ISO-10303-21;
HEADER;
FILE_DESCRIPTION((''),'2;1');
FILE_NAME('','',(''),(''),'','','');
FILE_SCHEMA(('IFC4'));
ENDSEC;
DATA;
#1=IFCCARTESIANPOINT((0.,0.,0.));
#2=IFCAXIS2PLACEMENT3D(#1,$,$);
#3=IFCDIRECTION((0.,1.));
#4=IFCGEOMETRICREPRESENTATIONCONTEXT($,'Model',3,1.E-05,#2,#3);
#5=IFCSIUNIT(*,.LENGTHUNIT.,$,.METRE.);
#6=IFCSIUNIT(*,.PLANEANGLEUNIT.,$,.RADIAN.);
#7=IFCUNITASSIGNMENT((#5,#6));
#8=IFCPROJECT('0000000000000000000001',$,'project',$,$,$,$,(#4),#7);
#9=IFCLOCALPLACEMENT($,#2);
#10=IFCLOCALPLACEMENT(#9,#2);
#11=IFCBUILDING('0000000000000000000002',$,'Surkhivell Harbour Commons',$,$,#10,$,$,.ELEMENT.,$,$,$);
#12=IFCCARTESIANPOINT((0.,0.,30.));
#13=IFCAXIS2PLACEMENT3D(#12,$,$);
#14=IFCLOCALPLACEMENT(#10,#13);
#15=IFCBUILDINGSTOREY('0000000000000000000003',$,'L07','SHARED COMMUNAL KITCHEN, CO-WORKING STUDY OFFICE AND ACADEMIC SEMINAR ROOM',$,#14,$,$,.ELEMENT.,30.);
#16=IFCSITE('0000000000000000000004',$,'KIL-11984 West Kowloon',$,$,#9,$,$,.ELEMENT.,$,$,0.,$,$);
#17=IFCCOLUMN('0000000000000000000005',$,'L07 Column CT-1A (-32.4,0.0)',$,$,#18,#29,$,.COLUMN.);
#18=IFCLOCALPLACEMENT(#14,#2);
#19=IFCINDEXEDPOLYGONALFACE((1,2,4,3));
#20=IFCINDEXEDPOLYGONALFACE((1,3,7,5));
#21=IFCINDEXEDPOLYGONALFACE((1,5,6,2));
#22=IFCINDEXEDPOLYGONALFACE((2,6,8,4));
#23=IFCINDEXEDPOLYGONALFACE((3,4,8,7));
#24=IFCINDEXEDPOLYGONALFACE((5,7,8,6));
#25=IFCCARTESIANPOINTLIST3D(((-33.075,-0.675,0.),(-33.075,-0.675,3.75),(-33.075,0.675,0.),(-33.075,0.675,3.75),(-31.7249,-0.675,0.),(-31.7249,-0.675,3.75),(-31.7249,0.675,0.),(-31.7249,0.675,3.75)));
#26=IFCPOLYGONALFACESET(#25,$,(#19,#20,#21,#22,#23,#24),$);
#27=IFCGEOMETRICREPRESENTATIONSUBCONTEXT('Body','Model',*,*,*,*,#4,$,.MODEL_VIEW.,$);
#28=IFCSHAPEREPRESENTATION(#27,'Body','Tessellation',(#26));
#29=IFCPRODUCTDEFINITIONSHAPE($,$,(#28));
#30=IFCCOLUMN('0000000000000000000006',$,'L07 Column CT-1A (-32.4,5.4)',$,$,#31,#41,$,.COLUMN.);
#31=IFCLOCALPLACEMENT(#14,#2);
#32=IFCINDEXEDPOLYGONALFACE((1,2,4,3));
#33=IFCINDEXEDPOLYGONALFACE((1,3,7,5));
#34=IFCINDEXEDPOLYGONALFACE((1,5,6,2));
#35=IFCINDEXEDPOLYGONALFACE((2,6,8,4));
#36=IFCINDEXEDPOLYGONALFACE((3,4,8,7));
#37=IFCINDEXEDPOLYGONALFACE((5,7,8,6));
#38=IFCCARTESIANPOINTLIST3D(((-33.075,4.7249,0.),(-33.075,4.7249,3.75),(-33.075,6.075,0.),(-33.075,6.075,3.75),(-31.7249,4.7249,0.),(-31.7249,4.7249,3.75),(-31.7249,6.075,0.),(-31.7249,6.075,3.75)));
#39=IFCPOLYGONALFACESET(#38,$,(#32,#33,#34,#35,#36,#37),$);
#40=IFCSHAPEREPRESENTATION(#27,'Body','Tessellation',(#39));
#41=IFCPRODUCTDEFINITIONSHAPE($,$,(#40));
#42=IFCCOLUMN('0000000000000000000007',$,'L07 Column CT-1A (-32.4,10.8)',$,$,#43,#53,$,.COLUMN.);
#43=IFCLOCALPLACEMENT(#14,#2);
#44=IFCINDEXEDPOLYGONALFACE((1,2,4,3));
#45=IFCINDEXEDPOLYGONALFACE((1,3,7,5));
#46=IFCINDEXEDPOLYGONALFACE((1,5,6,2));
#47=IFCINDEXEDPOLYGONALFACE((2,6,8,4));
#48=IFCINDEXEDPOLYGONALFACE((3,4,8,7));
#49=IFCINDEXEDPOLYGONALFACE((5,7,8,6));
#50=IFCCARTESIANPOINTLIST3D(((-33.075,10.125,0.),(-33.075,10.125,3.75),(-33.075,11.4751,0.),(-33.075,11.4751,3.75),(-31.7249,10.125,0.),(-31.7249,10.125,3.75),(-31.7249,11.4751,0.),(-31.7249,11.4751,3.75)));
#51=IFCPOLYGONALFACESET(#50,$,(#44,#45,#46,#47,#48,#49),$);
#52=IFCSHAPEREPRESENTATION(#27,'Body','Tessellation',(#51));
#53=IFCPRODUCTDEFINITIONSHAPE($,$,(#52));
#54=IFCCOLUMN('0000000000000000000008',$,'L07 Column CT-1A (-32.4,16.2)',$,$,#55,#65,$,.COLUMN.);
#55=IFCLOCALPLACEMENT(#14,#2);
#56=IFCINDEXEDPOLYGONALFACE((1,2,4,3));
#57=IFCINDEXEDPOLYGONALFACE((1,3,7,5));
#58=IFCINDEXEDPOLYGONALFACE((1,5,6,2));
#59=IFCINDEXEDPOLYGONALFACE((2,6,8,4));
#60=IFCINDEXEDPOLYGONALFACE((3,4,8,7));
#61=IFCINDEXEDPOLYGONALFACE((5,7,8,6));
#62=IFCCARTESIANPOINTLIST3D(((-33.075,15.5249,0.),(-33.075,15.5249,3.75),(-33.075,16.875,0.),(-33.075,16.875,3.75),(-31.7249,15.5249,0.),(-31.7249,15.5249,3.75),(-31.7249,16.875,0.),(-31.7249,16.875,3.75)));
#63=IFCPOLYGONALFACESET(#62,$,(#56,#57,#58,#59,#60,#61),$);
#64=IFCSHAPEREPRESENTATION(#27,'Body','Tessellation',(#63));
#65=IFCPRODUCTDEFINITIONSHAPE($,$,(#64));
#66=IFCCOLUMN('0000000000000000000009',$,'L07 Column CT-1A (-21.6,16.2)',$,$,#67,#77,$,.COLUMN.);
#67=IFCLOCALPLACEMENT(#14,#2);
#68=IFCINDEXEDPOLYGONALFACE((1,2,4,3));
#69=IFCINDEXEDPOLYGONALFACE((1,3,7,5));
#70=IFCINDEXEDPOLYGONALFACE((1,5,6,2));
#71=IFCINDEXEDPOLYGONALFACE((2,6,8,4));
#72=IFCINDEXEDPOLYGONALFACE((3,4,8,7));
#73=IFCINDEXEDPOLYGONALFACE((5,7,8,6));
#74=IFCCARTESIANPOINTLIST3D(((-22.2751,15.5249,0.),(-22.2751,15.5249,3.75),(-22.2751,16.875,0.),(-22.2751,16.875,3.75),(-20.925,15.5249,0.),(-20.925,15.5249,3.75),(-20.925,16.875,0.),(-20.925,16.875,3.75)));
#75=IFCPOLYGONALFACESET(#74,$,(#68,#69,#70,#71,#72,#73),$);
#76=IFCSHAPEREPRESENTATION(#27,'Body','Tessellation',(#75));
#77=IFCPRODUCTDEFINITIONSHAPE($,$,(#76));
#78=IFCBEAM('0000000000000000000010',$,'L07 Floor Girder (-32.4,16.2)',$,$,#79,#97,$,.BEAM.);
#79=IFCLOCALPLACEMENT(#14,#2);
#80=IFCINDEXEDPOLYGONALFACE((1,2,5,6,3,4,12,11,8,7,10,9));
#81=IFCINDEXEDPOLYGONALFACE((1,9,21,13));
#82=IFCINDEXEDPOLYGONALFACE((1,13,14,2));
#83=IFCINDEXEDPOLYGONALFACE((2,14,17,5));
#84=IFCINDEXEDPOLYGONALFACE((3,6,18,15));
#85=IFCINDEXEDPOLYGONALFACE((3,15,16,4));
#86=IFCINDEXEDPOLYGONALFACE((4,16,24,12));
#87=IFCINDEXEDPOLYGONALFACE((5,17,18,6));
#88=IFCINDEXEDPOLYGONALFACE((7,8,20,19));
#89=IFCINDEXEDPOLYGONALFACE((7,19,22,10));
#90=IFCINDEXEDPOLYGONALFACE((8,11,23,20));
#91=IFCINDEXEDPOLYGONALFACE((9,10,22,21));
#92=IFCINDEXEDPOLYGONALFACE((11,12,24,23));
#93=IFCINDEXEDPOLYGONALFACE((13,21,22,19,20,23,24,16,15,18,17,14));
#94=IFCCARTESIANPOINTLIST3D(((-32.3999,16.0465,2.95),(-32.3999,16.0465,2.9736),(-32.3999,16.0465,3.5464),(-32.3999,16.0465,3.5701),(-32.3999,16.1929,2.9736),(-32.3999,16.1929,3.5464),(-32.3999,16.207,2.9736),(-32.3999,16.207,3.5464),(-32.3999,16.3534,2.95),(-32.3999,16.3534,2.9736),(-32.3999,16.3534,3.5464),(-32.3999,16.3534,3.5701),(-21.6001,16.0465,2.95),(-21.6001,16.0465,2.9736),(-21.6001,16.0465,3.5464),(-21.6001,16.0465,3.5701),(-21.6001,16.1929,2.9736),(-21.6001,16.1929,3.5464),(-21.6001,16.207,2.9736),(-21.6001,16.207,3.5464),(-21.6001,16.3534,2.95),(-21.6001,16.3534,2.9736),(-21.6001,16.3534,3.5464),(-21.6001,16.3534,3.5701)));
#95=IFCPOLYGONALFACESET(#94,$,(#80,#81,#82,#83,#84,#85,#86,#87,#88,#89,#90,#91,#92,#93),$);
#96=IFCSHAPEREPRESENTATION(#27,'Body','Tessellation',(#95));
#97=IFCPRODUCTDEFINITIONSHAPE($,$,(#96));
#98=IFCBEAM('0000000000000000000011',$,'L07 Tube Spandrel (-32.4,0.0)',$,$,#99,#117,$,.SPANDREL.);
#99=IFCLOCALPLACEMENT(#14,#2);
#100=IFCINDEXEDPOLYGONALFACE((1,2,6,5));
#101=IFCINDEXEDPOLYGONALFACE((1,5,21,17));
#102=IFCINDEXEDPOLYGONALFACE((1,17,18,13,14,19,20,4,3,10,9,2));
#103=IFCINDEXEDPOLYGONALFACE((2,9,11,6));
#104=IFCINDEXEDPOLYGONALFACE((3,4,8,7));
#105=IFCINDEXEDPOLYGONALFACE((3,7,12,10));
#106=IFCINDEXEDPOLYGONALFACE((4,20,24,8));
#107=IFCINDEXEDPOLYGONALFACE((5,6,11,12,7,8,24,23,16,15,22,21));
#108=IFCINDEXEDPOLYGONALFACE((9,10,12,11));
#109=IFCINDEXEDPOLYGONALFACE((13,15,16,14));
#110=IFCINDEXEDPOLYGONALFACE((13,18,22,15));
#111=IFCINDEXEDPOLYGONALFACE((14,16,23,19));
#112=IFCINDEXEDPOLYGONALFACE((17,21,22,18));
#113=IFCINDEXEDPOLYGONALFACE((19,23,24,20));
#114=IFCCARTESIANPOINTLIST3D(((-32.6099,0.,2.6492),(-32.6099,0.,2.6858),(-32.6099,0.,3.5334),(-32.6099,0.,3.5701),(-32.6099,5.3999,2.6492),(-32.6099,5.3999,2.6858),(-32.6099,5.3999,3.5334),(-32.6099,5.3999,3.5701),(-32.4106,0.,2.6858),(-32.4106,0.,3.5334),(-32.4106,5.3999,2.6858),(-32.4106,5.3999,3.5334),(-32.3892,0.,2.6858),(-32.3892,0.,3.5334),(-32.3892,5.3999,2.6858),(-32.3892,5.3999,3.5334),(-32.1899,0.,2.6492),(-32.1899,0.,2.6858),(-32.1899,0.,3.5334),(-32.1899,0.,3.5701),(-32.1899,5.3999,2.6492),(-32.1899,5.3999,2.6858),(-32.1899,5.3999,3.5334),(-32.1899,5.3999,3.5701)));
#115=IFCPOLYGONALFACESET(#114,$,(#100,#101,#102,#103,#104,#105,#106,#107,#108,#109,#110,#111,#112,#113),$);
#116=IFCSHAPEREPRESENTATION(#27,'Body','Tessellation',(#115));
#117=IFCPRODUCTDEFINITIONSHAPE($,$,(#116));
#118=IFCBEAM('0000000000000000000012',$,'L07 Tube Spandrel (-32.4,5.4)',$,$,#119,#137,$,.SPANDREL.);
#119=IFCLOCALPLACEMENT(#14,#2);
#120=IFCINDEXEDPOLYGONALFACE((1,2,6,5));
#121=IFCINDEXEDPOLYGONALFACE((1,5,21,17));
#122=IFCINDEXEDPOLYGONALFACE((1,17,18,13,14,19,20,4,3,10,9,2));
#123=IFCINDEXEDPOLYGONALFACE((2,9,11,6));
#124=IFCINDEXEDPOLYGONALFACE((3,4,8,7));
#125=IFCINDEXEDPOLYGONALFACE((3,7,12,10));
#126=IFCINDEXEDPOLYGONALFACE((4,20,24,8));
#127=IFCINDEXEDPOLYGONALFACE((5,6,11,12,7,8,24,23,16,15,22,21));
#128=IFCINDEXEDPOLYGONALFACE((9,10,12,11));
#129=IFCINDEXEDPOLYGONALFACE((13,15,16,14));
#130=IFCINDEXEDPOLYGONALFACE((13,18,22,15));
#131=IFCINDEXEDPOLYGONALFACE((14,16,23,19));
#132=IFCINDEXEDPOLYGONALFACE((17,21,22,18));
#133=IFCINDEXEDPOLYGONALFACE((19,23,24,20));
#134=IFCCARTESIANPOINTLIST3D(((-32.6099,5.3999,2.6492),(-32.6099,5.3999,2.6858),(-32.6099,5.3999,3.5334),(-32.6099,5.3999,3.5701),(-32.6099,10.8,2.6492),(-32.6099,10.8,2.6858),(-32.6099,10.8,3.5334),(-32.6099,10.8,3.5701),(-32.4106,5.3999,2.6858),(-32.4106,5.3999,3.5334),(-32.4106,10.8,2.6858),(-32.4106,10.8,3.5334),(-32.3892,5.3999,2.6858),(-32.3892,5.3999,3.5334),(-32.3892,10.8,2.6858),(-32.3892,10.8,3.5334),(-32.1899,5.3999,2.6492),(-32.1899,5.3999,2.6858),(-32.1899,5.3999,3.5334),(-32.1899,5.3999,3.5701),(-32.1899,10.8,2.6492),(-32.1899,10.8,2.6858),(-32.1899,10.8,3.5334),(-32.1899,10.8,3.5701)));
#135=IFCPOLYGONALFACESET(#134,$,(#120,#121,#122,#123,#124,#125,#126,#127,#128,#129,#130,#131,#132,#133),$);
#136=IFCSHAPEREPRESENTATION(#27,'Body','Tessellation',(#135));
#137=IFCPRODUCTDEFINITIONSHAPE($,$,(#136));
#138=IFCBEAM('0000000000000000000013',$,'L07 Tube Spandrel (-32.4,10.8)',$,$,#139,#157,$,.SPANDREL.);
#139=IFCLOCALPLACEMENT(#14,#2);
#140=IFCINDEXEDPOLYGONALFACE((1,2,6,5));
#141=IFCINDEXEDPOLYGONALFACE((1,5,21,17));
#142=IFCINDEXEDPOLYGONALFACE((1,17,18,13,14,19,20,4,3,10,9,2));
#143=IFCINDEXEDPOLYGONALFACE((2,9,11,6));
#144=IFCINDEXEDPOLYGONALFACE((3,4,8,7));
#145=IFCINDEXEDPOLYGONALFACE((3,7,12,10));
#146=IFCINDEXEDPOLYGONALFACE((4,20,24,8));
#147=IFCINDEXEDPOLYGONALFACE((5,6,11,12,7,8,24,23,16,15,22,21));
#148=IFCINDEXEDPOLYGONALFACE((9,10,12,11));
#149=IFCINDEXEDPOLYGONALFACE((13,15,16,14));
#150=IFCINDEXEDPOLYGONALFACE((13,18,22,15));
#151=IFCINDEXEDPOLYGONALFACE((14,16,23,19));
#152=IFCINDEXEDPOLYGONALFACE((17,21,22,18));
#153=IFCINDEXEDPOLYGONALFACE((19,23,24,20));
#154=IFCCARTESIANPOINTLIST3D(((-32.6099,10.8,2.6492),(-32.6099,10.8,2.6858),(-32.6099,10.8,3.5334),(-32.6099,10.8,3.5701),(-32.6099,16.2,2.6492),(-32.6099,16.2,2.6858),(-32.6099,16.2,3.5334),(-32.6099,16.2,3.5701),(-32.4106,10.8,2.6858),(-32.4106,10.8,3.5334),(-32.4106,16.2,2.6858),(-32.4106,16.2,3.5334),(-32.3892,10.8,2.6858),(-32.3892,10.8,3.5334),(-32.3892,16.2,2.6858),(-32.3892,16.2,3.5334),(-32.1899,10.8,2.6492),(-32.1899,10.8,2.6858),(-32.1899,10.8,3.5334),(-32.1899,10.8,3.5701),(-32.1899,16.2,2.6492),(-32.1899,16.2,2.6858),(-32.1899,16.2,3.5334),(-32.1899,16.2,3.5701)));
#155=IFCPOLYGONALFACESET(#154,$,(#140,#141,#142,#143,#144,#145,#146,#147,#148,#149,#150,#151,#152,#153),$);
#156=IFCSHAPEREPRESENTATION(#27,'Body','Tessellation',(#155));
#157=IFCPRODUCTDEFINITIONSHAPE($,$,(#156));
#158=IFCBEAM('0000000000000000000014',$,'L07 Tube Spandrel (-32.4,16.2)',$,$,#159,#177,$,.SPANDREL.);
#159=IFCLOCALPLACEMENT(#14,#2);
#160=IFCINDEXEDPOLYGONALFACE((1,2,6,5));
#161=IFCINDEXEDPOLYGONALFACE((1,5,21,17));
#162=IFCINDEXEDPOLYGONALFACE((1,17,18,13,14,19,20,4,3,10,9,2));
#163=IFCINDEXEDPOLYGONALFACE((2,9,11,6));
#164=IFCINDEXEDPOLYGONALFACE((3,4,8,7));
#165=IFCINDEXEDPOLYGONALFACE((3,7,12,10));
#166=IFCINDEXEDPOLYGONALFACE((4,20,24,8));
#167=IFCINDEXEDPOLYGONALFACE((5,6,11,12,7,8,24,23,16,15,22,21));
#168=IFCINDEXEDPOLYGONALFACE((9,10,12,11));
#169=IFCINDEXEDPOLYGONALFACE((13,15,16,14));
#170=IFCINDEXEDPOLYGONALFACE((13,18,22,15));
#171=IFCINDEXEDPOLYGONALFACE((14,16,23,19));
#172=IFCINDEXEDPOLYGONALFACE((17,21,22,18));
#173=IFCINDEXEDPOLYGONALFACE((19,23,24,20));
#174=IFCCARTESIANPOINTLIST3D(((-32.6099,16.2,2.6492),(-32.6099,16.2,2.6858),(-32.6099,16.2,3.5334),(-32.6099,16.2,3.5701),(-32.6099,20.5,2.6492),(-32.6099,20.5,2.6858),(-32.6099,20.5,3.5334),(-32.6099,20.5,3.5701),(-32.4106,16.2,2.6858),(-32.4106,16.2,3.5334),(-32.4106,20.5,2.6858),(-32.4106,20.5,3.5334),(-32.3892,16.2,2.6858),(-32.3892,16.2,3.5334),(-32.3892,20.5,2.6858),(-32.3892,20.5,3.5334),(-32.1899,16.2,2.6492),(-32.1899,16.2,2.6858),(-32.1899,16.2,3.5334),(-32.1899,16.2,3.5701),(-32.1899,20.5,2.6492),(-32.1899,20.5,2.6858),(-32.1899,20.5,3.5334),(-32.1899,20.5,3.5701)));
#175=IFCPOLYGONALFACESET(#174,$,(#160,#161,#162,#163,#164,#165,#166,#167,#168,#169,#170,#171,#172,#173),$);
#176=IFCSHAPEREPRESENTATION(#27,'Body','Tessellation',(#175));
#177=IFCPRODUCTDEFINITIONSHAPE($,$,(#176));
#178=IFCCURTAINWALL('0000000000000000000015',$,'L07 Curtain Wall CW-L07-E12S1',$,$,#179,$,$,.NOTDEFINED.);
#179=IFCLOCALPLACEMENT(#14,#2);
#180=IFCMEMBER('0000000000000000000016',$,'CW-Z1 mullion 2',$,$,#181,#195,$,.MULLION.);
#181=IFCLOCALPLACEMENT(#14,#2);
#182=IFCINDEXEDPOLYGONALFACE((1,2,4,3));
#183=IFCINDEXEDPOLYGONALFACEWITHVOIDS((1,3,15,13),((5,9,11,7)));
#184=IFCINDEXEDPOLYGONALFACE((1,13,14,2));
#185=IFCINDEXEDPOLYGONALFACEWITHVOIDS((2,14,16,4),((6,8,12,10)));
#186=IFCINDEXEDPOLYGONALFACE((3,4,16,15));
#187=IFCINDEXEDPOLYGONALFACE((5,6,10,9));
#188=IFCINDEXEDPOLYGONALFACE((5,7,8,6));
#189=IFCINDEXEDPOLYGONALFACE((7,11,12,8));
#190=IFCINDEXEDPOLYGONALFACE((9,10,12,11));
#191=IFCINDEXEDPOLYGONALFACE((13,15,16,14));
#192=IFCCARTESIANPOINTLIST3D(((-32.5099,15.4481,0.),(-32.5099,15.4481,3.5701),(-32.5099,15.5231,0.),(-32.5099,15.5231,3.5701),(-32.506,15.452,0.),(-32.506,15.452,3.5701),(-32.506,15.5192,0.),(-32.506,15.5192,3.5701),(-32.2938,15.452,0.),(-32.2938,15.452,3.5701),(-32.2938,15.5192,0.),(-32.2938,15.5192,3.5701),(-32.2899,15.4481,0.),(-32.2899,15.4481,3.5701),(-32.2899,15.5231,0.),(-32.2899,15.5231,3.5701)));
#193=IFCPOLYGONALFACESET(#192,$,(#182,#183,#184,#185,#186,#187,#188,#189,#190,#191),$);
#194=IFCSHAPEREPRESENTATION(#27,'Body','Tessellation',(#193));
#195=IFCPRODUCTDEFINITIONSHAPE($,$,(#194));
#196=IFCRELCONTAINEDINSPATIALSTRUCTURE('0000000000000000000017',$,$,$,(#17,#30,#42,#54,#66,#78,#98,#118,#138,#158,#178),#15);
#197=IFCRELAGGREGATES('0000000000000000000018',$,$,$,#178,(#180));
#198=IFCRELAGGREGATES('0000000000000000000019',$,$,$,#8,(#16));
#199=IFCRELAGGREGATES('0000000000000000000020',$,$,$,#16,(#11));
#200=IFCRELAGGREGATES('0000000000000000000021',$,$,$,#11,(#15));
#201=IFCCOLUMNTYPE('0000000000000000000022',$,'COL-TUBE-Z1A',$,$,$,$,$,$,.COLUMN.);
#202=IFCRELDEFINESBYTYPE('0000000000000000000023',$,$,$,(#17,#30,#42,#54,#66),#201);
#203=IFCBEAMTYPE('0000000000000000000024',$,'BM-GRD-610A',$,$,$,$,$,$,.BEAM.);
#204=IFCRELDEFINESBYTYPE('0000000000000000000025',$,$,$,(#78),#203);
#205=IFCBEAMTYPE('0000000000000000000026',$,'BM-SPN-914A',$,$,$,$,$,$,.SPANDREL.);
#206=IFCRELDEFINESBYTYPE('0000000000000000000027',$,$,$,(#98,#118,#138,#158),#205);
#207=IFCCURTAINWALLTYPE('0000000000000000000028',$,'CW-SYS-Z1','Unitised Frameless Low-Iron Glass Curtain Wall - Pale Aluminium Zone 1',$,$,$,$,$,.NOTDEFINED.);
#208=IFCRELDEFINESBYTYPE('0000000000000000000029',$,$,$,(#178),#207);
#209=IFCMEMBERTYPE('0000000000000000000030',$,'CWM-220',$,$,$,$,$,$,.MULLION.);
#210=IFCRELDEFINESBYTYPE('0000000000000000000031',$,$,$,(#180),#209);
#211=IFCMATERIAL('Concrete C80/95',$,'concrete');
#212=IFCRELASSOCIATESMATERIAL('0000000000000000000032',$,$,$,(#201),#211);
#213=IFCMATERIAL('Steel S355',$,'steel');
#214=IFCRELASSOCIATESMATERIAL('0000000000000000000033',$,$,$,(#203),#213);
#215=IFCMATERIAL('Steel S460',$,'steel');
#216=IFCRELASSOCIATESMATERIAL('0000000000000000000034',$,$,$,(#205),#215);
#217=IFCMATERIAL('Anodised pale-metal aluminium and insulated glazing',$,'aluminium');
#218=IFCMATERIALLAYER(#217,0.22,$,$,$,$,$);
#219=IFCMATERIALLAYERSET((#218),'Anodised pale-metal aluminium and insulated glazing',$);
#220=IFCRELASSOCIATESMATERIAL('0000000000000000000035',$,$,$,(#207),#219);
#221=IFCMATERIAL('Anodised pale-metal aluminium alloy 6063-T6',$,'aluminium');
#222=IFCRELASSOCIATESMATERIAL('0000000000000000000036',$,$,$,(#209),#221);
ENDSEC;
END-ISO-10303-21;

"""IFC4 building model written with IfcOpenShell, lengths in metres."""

from ifc_helpers import new_model, si_unit, direction, frame, origin, origin_2d, place, context, subcontext, project, spatial, rectangle, hollow_rectangle, i_section, extrude, material, layer, layer_set, material_profile, profile_set, type_object, element, aggregate, save


model = new_model("IFC4")

# Units and contexts
model_context = context("Model", 3, precision=1e-05, world=origin(), true_north=direction((0.0, 1.0)))
body_context = subcontext(model_context, "Body", "Model", "MODEL_VIEW")
ifc_project = project(units=[si_unit("LENGTHUNIT", "METRE"), si_unit("PLANEANGLEUNIT", "RADIAN")], contexts=[model_context])

# Site, building, storey
site_placement = place(None, origin())
site = spatial("IfcSite", under=ifc_project, at=site_placement, Name="KIL-11984 West Kowloon", CompositionType="ELEMENT", RefElevation=0.0)
building_placement = place(site_placement, origin())
building = spatial("IfcBuilding", under=site, at=building_placement, Name="Surkhivell Harbour Commons", CompositionType="ELEMENT")
storey_placement = place(building_placement, frame((0.0, 0.0, 30.0)))
storey = spatial("IfcBuildingStorey", under=building, at=storey_placement, Name="L07", Description="SHARED COMMUNAL KITCHEN, CO-WORKING STUDY OFFICE AND ACADEMIC SEMINAR ROOM", CompositionType="ELEMENT", Elevation=30.0)

# Columns
ifc_material_1 = material(Name="Concrete C80/95", Category="concrete")
ifc_material_profile_1 = material_profile(ifc_material_1, rectangle(XDim=1.3501, YDim=1.3501, at=origin_2d()), Name="RC-COL-1350x1350")
ifc_profile_set_1 = profile_set([ifc_material_profile_1], Name="Concrete C80/95")
column_type = type_object("IfcColumnType", Name="COL-TUBE-Z1A", PredefinedType="COLUMN", material=ifc_profile_set_1)
for number, where, z_axis, x_axis, name in (
    (1, (-32.3999, 0.0, 0.0), (0.0, 0.0, 1.0), (1.0, 0.0, 0.0), "L07 Column CT-1A (-32.4,0.0)"),
    (2, (-32.3999, 5.3999, 0.0), (0.0, 0.0, 1.0), (1.0, 0.0, 0.0), "L07 Column CT-1A (-32.4,5.4)"),
    (3, (-32.3999, 10.8, 0.0), (0.0, 0.0, 1.0), (1.0, 0.0, 0.0), "L07 Column CT-1A (-32.4,10.8)"),
    (4, (-32.3999, 16.2, 0.0), (0.0, 0.0, 1.0), (1.0, 0.0, 0.0), "L07 Column CT-1A (-32.4,16.2)"),
    (5, (-21.6001, 16.2, 0.0), (0.0, 0.0, 1.0), (1.0, 0.0, 0.0), "L07 Column CT-1A (-21.6,16.2)"),
):
    element("IfcColumn", number, at=place(storey_placement, frame(where, z_axis=z_axis, x_axis=x_axis)), inside=storey, type_object=column_type, Name=name, PredefinedType="COLUMN", context=body_context, shape_type="SweptSolid", body=[
        extrude(rectangle(XDim=1.3501, YDim=1.3501, at=origin_2d()), origin(), (0.0, 0.0, 1.0), 3.75),
    ])

# Beams
ifc_material_2 = material(Name="Steel S355", Category="steel")
ifc_material_profile_2 = material_profile(ifc_material_2, i_section(OverallWidth=0.3069, OverallDepth=0.6201, WebThickness=0.0142, FlangeThickness=0.0237, at=origin_2d()), Name="UB610x305x179")
ifc_profile_set_2 = profile_set([ifc_material_profile_2], Name="Steel S355")
beam_type_1 = type_object("IfcBeamType", Name="BM-GRD-610A", PredefinedType="BEAM", material=ifc_profile_set_2)
beam_1_placement = place(storey_placement, frame((-32.3999, 16.2, 3.26), z_axis=(1.0, 0.0, 0.0), x_axis=(0.0, 1.0, 0.0)))
element("IfcBeam", 6, at=beam_1_placement, inside=storey, type_object=beam_type_1, Name="L07 Floor Girder (-32.4,16.2)", PredefinedType="BEAM", context=body_context, shape_type="SweptSolid", body=[
    extrude(i_section(OverallWidth=0.3069, OverallDepth=0.6201, WebThickness=0.0142, FlangeThickness=0.0237, at=origin_2d()), origin(), (0.0, 0.0, 1.0), 10.7998),
])
ifc_material_3 = material(Name="Steel S460", Category="steel")
ifc_material_profile_3 = material_profile(ifc_material_3, i_section(OverallWidth=0.4199, OverallDepth=0.9209, WebThickness=0.0215, FlangeThickness=0.0366, at=origin_2d()), Name="UB914x419x388")
ifc_profile_set_3 = profile_set([ifc_material_profile_3], Name="Steel S460")
beam_type_2 = type_object("IfcBeamType", Name="BM-SPN-914A", PredefinedType="SPANDREL", material=ifc_profile_set_3)
beam_2_placement = place(storey_placement, frame((-32.3999, 0.0, 3.1096), z_axis=(0.0, 1.0, 0.0), x_axis=(-1.0, 0.0, 0.0)))
element("IfcBeam", 7, at=beam_2_placement, inside=storey, type_object=beam_type_2, Name="L07 Tube Spandrel (-32.4,0.0)", PredefinedType="SPANDREL", context=body_context, shape_type="SweptSolid", body=[
    extrude(i_section(OverallWidth=0.4199, OverallDepth=0.9209, WebThickness=0.0215, FlangeThickness=0.0366, at=origin_2d()), origin(), (0.0, 0.0, 1.0), 5.3999),
])
beam_3_placement = place(storey_placement, frame((-32.3999, 5.3999, 3.1096), z_axis=(0.0, 1.0, 0.0), x_axis=(-1.0, 0.0, 0.0)))
element("IfcBeam", 8, at=beam_3_placement, inside=storey, type_object=beam_type_2, Name="L07 Tube Spandrel (-32.4,5.4)", PredefinedType="SPANDREL", context=body_context, shape_type="SweptSolid", body=[
    extrude(i_section(OverallWidth=0.4199, OverallDepth=0.9209, WebThickness=0.0215, FlangeThickness=0.0366, at=origin_2d()), origin(), (0.0, 0.0, 1.0), 5.4001),
])
beam_4_placement = place(storey_placement, frame((-32.3999, 10.8, 3.1096), z_axis=(0.0, 1.0, 0.0), x_axis=(-1.0, 0.0, 0.0)))
element("IfcBeam", 9, at=beam_4_placement, inside=storey, type_object=beam_type_2, Name="L07 Tube Spandrel (-32.4,10.8)", PredefinedType="SPANDREL", context=body_context, shape_type="SweptSolid", body=[
    extrude(i_section(OverallWidth=0.4199, OverallDepth=0.9209, WebThickness=0.0215, FlangeThickness=0.0366, at=origin_2d()), origin(), (0.0, 0.0, 1.0), 5.3999),
])
beam_5_placement = place(storey_placement, frame((-32.3999, 16.2, 3.1096), z_axis=(0.0, 1.0, 0.0), x_axis=(-1.0, 0.0, 0.0)))
element("IfcBeam", 10, at=beam_5_placement, inside=storey, type_object=beam_type_2, Name="L07 Tube Spandrel (-32.4,16.2)", PredefinedType="SPANDREL", context=body_context, shape_type="SweptSolid", body=[
    extrude(i_section(OverallWidth=0.4199, OverallDepth=0.9209, WebThickness=0.0215, FlangeThickness=0.0366, at=origin_2d()), origin(), (0.0, 0.0, 1.0), 4.3),
])

# Curtain wall, member
ifc_material_4 = material(Name="Anodised pale-metal aluminium and insulated glazing", Category="aluminium")
ifc_layer_1 = layer(ifc_material_4, 0.22)
ifc_layer_set_1 = layer_set([ifc_layer_1], Name="Anodised pale-metal aluminium and insulated glazing")
curtain_wall_type = type_object("IfcCurtainWallType", Name="CW-SYS-Z1", Description="Unitised Frameless Low-Iron Glass Curtain Wall - Pale Aluminium Zone 1", PredefinedType="NOTDEFINED", material=ifc_layer_set_1)
curtain_wall_placement = place(storey_placement, origin())
curtain_wall = element("IfcCurtainWall", 11, at=curtain_wall_placement, inside=storey, type_object=curtain_wall_type, Name="L07 Curtain Wall CW-L07-E12S1", PredefinedType="NOTDEFINED")
ifc_material_5 = material(Name="Anodised pale-metal aluminium alloy 6063-T6", Category="aluminium")
ifc_material_profile_4 = material_profile(ifc_material_5, hollow_rectangle(XDim=0.075, YDim=0.22, WallThickness=0.0039, at=origin_2d()), Name="ALU-MULL-75x220")
ifc_profile_set_4 = profile_set([ifc_material_profile_4], Name="Anodised pale-metal aluminium alloy 6063-T6")
member_type_1 = type_object("IfcMemberType", Name="CWM-220", PredefinedType="MULLION", material=ifc_profile_set_4)
member_1_placement = place(storey_placement, frame((-32.3999, 15.4856, 0.0), z_axis=(0.0, 0.0, 1.0), x_axis=(0.0, -1.0, 0.0)))
member_1 = element("IfcMember", 12, at=member_1_placement, type_object=member_type_1, Name="CW-Z1 mullion 2", PredefinedType="MULLION", context=body_context, shape_type="SweptSolid", body=[
    extrude(hollow_rectangle(XDim=0.075, YDim=0.22, WallThickness=0.0039, at=origin_2d()), origin(), (0.0, 0.0, 1.0), 3.5701),
])
aggregate(curtain_wall, [member_1])

save(model, "model.ifc")
